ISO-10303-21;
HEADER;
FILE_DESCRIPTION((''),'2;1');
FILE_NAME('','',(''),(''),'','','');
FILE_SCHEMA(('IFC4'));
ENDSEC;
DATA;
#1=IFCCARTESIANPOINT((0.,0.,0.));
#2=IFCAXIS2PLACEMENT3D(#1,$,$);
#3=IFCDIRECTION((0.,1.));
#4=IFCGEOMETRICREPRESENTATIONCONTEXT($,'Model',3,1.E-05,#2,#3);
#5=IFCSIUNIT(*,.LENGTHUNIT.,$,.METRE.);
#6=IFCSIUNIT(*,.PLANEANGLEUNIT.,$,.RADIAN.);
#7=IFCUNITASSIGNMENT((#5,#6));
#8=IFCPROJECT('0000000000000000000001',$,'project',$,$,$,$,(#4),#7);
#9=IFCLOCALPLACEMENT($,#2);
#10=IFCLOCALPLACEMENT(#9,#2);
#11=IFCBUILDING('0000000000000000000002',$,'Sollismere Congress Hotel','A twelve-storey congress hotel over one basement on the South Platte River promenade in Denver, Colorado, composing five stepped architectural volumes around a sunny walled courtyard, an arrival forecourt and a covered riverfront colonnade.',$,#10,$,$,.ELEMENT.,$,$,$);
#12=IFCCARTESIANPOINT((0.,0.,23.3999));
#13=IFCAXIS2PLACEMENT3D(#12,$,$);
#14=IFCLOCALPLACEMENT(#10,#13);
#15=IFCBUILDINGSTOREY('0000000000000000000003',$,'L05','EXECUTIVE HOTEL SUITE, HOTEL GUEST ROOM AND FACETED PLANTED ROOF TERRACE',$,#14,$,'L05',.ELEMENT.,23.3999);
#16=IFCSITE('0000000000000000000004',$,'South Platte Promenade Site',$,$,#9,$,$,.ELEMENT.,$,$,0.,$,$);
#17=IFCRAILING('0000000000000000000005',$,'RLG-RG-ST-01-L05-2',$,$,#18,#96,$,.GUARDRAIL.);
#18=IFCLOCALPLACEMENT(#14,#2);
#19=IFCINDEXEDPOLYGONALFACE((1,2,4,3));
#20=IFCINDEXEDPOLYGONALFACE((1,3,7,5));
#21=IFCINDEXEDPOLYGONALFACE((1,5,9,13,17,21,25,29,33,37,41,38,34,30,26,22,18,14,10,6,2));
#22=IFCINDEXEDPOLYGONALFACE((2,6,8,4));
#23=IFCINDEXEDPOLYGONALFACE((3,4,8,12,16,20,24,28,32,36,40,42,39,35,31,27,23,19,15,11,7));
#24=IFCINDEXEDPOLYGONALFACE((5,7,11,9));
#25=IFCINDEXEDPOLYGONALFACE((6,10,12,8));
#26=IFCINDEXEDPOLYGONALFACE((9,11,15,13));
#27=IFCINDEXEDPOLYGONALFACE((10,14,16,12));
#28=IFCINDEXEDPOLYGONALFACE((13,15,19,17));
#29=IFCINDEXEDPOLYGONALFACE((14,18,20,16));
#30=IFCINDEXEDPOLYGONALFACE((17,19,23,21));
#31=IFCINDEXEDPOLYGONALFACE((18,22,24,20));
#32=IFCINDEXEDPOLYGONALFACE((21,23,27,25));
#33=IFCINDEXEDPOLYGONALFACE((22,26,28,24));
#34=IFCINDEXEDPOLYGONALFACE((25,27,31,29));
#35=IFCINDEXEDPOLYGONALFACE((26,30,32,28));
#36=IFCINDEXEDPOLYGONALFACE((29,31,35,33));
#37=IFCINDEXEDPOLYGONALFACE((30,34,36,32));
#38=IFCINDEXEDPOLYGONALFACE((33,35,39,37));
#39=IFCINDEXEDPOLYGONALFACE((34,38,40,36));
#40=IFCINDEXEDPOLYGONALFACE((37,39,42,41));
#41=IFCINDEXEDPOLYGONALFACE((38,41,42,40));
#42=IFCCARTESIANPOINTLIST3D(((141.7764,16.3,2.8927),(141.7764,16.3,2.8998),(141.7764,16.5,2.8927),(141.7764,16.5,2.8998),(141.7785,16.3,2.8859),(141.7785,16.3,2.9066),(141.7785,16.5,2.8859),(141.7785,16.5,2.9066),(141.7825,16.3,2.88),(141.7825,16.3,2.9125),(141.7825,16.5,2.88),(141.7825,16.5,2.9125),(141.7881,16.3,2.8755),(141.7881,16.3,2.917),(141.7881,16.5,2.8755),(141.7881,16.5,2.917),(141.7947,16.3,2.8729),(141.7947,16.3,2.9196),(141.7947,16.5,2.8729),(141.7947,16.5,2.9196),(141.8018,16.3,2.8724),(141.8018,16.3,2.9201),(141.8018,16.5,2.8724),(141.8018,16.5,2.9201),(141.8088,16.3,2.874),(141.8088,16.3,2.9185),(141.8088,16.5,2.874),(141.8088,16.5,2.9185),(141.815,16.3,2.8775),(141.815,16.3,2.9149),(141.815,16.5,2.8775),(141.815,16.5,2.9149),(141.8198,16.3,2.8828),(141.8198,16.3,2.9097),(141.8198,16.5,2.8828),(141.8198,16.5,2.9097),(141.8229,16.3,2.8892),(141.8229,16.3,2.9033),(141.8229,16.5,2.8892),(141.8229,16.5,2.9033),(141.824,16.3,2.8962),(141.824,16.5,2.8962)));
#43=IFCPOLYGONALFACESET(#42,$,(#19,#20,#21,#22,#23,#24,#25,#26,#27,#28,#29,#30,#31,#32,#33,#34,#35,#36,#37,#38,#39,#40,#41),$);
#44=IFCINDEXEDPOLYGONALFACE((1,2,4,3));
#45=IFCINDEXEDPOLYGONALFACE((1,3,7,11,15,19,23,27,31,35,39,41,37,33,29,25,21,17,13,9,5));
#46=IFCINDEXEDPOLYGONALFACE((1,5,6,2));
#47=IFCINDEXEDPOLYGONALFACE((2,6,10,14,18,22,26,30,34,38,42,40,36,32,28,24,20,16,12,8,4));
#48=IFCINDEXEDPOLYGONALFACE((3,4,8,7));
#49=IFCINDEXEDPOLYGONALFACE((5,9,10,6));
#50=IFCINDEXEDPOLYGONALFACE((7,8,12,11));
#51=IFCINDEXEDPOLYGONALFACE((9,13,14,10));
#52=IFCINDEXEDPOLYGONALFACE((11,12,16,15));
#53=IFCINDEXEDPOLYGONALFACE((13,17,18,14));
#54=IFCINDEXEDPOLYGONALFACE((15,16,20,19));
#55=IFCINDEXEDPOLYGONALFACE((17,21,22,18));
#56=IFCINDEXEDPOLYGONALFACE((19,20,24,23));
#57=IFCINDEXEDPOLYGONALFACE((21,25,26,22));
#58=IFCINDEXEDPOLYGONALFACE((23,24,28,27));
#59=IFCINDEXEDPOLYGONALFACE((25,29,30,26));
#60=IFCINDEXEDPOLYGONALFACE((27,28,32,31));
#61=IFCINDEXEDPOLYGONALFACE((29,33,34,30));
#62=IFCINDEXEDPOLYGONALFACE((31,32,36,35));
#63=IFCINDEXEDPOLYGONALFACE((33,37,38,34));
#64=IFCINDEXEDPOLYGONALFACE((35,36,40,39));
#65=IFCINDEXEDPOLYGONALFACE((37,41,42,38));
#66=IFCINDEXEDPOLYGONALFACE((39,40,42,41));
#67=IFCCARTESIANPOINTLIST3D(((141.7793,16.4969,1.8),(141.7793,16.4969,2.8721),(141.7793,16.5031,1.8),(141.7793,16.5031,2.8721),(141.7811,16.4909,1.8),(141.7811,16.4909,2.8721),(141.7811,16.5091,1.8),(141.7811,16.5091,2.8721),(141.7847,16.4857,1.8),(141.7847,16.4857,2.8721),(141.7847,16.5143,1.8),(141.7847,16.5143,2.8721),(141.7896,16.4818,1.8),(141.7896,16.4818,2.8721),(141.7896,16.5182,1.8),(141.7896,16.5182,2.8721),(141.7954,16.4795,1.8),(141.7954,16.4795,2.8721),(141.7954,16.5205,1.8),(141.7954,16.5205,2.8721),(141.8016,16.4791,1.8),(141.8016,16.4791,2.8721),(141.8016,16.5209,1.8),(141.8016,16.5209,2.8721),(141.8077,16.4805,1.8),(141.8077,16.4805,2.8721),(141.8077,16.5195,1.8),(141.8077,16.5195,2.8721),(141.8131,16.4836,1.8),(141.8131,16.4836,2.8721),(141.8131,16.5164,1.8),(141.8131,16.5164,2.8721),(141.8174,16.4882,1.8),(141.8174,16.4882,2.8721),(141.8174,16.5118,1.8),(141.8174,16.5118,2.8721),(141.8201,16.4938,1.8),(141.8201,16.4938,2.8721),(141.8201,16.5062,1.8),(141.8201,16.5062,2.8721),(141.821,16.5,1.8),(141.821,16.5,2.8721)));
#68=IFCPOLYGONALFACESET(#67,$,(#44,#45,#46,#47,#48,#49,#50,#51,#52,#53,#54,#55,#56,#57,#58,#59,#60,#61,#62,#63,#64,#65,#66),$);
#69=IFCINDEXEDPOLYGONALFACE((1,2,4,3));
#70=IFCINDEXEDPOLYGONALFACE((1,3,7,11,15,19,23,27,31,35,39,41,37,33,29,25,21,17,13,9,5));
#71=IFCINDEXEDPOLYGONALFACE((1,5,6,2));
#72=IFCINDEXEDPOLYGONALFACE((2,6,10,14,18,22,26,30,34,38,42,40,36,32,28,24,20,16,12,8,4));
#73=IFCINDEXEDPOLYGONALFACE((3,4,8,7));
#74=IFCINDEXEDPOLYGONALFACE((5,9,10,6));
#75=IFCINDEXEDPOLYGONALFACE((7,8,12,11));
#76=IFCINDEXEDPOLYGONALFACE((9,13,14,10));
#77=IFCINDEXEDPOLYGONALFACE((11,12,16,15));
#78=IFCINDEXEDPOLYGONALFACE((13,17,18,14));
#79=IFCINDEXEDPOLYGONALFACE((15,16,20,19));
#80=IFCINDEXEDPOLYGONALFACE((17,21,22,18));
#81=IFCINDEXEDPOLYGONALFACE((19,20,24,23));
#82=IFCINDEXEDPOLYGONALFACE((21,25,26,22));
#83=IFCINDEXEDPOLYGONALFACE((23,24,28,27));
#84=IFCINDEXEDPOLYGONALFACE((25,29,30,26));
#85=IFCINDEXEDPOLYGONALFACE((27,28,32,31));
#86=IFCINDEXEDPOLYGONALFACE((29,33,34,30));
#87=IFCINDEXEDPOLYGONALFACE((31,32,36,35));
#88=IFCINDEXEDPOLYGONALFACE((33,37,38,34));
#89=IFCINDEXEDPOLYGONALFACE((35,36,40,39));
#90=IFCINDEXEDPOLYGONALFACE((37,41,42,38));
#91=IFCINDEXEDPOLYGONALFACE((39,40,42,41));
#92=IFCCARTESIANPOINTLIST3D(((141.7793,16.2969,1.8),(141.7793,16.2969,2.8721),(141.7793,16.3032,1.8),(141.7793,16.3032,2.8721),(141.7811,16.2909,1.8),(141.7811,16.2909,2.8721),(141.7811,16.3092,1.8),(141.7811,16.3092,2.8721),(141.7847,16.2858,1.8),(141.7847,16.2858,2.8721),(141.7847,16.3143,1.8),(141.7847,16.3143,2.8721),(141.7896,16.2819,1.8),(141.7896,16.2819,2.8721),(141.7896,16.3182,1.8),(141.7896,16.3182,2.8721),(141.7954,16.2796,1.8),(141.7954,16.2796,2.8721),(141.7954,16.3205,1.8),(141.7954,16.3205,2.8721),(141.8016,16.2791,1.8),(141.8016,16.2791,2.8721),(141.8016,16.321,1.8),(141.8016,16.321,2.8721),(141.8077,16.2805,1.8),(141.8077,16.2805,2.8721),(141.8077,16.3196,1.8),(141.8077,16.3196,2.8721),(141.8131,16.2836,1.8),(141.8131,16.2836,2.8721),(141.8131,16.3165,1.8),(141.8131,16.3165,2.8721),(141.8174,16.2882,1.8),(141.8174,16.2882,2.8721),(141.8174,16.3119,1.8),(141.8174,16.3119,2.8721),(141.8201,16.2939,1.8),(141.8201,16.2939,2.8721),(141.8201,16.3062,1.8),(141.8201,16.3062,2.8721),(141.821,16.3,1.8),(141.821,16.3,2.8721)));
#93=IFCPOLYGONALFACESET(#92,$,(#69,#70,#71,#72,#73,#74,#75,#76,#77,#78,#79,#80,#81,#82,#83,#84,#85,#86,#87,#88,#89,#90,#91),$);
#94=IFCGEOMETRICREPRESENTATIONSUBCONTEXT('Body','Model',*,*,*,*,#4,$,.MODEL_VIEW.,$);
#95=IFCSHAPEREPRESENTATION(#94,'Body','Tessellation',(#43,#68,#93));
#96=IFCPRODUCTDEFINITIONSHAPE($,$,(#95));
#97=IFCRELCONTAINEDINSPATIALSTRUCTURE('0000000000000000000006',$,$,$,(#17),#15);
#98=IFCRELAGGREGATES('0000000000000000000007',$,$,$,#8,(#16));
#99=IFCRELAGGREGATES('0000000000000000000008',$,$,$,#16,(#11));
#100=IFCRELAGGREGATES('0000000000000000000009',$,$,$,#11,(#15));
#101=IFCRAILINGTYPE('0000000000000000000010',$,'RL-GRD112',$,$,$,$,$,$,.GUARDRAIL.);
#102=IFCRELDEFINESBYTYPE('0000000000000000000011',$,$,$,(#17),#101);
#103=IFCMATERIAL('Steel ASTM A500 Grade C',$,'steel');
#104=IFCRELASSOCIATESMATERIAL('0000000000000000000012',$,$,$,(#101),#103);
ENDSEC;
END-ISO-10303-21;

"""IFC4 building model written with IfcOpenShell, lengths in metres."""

from ifc_helpers import new_model, si_unit, direction, frame, origin, origin_2d, place, context, subcontext, project, spatial, circle, extrude, material, type_object, element, save


model = new_model("IFC4")

# Units and contexts
model_context = context("Model", 3, precision=1e-05, world=origin(), true_north=direction((0.0, 1.0)))
body_context = subcontext(model_context, "Body", "Model", "MODEL_VIEW")
ifc_project = project(units=[si_unit("LENGTHUNIT", "METRE"), si_unit("PLANEANGLEUNIT", "RADIAN")], contexts=[model_context])

# Site, building, storey
site_placement = place(None, origin())
site = spatial("IfcSite", under=ifc_project, at=site_placement, Name="South Platte Promenade Site", CompositionType="ELEMENT", RefElevation=0.0)
building_placement = place(site_placement, origin())
building = spatial("IfcBuilding", under=site, at=building_placement, Name="Sollismere Congress Hotel", Description="A twelve-storey congress hotel over one basement on the South Platte River promenade in Denver, Colorado, composing five stepped architectural volumes around a sunny walled courtyard, an arrival forecourt and a covered riverfront colonnade.", CompositionType="ELEMENT")
storey_placement = place(building_placement, frame((0.0, 0.0, 23.3999)))
storey = spatial("IfcBuildingStorey", under=building, at=storey_placement, Name="L05", Description="EXECUTIVE HOTEL SUITE, HOTEL GUEST ROOM AND FACETED PLANTED ROOF TERRACE", LongName="L05", CompositionType="ELEMENT", Elevation=23.3999)

# Railing
ifc_material_1 = material(Name="Steel ASTM A500 Grade C", Category="steel")
railing_type_1 = type_object("IfcRailingType", Name="RL-GRD112", PredefinedType="GUARDRAIL", material=ifc_material_1)
railing_1_placement = place(storey_placement, frame((141.8, 16.5, 1.8)))
element("IfcRailing", 1, at=railing_1_placement, inside=storey, type_object=railing_type_1, Name="RLG-RG-ST-01-L05-2", PredefinedType="GUARDRAIL", context=body_context, shape_type="SweptSolid", body=[
    extrude(circle(Radius=0.0239, at=origin_2d()), frame((0.0, 0.0, 1.0962), z_axis=(0.0, -1.0, 0.0), x_axis=(1.0, 0.0, 0.0)), (0.0, 0.0, 1.0), 0.2),
    extrude(circle(Radius=0.021, at=origin_2d()), origin(), (0.0, 0.0, 1.0), 1.072),
    extrude(circle(Radius=0.021, at=origin_2d()), frame((0.0, -0.2, 0.0)), (0.0, 0.0, 1.0), 1.072),
])

save(model, "model.ifc")
